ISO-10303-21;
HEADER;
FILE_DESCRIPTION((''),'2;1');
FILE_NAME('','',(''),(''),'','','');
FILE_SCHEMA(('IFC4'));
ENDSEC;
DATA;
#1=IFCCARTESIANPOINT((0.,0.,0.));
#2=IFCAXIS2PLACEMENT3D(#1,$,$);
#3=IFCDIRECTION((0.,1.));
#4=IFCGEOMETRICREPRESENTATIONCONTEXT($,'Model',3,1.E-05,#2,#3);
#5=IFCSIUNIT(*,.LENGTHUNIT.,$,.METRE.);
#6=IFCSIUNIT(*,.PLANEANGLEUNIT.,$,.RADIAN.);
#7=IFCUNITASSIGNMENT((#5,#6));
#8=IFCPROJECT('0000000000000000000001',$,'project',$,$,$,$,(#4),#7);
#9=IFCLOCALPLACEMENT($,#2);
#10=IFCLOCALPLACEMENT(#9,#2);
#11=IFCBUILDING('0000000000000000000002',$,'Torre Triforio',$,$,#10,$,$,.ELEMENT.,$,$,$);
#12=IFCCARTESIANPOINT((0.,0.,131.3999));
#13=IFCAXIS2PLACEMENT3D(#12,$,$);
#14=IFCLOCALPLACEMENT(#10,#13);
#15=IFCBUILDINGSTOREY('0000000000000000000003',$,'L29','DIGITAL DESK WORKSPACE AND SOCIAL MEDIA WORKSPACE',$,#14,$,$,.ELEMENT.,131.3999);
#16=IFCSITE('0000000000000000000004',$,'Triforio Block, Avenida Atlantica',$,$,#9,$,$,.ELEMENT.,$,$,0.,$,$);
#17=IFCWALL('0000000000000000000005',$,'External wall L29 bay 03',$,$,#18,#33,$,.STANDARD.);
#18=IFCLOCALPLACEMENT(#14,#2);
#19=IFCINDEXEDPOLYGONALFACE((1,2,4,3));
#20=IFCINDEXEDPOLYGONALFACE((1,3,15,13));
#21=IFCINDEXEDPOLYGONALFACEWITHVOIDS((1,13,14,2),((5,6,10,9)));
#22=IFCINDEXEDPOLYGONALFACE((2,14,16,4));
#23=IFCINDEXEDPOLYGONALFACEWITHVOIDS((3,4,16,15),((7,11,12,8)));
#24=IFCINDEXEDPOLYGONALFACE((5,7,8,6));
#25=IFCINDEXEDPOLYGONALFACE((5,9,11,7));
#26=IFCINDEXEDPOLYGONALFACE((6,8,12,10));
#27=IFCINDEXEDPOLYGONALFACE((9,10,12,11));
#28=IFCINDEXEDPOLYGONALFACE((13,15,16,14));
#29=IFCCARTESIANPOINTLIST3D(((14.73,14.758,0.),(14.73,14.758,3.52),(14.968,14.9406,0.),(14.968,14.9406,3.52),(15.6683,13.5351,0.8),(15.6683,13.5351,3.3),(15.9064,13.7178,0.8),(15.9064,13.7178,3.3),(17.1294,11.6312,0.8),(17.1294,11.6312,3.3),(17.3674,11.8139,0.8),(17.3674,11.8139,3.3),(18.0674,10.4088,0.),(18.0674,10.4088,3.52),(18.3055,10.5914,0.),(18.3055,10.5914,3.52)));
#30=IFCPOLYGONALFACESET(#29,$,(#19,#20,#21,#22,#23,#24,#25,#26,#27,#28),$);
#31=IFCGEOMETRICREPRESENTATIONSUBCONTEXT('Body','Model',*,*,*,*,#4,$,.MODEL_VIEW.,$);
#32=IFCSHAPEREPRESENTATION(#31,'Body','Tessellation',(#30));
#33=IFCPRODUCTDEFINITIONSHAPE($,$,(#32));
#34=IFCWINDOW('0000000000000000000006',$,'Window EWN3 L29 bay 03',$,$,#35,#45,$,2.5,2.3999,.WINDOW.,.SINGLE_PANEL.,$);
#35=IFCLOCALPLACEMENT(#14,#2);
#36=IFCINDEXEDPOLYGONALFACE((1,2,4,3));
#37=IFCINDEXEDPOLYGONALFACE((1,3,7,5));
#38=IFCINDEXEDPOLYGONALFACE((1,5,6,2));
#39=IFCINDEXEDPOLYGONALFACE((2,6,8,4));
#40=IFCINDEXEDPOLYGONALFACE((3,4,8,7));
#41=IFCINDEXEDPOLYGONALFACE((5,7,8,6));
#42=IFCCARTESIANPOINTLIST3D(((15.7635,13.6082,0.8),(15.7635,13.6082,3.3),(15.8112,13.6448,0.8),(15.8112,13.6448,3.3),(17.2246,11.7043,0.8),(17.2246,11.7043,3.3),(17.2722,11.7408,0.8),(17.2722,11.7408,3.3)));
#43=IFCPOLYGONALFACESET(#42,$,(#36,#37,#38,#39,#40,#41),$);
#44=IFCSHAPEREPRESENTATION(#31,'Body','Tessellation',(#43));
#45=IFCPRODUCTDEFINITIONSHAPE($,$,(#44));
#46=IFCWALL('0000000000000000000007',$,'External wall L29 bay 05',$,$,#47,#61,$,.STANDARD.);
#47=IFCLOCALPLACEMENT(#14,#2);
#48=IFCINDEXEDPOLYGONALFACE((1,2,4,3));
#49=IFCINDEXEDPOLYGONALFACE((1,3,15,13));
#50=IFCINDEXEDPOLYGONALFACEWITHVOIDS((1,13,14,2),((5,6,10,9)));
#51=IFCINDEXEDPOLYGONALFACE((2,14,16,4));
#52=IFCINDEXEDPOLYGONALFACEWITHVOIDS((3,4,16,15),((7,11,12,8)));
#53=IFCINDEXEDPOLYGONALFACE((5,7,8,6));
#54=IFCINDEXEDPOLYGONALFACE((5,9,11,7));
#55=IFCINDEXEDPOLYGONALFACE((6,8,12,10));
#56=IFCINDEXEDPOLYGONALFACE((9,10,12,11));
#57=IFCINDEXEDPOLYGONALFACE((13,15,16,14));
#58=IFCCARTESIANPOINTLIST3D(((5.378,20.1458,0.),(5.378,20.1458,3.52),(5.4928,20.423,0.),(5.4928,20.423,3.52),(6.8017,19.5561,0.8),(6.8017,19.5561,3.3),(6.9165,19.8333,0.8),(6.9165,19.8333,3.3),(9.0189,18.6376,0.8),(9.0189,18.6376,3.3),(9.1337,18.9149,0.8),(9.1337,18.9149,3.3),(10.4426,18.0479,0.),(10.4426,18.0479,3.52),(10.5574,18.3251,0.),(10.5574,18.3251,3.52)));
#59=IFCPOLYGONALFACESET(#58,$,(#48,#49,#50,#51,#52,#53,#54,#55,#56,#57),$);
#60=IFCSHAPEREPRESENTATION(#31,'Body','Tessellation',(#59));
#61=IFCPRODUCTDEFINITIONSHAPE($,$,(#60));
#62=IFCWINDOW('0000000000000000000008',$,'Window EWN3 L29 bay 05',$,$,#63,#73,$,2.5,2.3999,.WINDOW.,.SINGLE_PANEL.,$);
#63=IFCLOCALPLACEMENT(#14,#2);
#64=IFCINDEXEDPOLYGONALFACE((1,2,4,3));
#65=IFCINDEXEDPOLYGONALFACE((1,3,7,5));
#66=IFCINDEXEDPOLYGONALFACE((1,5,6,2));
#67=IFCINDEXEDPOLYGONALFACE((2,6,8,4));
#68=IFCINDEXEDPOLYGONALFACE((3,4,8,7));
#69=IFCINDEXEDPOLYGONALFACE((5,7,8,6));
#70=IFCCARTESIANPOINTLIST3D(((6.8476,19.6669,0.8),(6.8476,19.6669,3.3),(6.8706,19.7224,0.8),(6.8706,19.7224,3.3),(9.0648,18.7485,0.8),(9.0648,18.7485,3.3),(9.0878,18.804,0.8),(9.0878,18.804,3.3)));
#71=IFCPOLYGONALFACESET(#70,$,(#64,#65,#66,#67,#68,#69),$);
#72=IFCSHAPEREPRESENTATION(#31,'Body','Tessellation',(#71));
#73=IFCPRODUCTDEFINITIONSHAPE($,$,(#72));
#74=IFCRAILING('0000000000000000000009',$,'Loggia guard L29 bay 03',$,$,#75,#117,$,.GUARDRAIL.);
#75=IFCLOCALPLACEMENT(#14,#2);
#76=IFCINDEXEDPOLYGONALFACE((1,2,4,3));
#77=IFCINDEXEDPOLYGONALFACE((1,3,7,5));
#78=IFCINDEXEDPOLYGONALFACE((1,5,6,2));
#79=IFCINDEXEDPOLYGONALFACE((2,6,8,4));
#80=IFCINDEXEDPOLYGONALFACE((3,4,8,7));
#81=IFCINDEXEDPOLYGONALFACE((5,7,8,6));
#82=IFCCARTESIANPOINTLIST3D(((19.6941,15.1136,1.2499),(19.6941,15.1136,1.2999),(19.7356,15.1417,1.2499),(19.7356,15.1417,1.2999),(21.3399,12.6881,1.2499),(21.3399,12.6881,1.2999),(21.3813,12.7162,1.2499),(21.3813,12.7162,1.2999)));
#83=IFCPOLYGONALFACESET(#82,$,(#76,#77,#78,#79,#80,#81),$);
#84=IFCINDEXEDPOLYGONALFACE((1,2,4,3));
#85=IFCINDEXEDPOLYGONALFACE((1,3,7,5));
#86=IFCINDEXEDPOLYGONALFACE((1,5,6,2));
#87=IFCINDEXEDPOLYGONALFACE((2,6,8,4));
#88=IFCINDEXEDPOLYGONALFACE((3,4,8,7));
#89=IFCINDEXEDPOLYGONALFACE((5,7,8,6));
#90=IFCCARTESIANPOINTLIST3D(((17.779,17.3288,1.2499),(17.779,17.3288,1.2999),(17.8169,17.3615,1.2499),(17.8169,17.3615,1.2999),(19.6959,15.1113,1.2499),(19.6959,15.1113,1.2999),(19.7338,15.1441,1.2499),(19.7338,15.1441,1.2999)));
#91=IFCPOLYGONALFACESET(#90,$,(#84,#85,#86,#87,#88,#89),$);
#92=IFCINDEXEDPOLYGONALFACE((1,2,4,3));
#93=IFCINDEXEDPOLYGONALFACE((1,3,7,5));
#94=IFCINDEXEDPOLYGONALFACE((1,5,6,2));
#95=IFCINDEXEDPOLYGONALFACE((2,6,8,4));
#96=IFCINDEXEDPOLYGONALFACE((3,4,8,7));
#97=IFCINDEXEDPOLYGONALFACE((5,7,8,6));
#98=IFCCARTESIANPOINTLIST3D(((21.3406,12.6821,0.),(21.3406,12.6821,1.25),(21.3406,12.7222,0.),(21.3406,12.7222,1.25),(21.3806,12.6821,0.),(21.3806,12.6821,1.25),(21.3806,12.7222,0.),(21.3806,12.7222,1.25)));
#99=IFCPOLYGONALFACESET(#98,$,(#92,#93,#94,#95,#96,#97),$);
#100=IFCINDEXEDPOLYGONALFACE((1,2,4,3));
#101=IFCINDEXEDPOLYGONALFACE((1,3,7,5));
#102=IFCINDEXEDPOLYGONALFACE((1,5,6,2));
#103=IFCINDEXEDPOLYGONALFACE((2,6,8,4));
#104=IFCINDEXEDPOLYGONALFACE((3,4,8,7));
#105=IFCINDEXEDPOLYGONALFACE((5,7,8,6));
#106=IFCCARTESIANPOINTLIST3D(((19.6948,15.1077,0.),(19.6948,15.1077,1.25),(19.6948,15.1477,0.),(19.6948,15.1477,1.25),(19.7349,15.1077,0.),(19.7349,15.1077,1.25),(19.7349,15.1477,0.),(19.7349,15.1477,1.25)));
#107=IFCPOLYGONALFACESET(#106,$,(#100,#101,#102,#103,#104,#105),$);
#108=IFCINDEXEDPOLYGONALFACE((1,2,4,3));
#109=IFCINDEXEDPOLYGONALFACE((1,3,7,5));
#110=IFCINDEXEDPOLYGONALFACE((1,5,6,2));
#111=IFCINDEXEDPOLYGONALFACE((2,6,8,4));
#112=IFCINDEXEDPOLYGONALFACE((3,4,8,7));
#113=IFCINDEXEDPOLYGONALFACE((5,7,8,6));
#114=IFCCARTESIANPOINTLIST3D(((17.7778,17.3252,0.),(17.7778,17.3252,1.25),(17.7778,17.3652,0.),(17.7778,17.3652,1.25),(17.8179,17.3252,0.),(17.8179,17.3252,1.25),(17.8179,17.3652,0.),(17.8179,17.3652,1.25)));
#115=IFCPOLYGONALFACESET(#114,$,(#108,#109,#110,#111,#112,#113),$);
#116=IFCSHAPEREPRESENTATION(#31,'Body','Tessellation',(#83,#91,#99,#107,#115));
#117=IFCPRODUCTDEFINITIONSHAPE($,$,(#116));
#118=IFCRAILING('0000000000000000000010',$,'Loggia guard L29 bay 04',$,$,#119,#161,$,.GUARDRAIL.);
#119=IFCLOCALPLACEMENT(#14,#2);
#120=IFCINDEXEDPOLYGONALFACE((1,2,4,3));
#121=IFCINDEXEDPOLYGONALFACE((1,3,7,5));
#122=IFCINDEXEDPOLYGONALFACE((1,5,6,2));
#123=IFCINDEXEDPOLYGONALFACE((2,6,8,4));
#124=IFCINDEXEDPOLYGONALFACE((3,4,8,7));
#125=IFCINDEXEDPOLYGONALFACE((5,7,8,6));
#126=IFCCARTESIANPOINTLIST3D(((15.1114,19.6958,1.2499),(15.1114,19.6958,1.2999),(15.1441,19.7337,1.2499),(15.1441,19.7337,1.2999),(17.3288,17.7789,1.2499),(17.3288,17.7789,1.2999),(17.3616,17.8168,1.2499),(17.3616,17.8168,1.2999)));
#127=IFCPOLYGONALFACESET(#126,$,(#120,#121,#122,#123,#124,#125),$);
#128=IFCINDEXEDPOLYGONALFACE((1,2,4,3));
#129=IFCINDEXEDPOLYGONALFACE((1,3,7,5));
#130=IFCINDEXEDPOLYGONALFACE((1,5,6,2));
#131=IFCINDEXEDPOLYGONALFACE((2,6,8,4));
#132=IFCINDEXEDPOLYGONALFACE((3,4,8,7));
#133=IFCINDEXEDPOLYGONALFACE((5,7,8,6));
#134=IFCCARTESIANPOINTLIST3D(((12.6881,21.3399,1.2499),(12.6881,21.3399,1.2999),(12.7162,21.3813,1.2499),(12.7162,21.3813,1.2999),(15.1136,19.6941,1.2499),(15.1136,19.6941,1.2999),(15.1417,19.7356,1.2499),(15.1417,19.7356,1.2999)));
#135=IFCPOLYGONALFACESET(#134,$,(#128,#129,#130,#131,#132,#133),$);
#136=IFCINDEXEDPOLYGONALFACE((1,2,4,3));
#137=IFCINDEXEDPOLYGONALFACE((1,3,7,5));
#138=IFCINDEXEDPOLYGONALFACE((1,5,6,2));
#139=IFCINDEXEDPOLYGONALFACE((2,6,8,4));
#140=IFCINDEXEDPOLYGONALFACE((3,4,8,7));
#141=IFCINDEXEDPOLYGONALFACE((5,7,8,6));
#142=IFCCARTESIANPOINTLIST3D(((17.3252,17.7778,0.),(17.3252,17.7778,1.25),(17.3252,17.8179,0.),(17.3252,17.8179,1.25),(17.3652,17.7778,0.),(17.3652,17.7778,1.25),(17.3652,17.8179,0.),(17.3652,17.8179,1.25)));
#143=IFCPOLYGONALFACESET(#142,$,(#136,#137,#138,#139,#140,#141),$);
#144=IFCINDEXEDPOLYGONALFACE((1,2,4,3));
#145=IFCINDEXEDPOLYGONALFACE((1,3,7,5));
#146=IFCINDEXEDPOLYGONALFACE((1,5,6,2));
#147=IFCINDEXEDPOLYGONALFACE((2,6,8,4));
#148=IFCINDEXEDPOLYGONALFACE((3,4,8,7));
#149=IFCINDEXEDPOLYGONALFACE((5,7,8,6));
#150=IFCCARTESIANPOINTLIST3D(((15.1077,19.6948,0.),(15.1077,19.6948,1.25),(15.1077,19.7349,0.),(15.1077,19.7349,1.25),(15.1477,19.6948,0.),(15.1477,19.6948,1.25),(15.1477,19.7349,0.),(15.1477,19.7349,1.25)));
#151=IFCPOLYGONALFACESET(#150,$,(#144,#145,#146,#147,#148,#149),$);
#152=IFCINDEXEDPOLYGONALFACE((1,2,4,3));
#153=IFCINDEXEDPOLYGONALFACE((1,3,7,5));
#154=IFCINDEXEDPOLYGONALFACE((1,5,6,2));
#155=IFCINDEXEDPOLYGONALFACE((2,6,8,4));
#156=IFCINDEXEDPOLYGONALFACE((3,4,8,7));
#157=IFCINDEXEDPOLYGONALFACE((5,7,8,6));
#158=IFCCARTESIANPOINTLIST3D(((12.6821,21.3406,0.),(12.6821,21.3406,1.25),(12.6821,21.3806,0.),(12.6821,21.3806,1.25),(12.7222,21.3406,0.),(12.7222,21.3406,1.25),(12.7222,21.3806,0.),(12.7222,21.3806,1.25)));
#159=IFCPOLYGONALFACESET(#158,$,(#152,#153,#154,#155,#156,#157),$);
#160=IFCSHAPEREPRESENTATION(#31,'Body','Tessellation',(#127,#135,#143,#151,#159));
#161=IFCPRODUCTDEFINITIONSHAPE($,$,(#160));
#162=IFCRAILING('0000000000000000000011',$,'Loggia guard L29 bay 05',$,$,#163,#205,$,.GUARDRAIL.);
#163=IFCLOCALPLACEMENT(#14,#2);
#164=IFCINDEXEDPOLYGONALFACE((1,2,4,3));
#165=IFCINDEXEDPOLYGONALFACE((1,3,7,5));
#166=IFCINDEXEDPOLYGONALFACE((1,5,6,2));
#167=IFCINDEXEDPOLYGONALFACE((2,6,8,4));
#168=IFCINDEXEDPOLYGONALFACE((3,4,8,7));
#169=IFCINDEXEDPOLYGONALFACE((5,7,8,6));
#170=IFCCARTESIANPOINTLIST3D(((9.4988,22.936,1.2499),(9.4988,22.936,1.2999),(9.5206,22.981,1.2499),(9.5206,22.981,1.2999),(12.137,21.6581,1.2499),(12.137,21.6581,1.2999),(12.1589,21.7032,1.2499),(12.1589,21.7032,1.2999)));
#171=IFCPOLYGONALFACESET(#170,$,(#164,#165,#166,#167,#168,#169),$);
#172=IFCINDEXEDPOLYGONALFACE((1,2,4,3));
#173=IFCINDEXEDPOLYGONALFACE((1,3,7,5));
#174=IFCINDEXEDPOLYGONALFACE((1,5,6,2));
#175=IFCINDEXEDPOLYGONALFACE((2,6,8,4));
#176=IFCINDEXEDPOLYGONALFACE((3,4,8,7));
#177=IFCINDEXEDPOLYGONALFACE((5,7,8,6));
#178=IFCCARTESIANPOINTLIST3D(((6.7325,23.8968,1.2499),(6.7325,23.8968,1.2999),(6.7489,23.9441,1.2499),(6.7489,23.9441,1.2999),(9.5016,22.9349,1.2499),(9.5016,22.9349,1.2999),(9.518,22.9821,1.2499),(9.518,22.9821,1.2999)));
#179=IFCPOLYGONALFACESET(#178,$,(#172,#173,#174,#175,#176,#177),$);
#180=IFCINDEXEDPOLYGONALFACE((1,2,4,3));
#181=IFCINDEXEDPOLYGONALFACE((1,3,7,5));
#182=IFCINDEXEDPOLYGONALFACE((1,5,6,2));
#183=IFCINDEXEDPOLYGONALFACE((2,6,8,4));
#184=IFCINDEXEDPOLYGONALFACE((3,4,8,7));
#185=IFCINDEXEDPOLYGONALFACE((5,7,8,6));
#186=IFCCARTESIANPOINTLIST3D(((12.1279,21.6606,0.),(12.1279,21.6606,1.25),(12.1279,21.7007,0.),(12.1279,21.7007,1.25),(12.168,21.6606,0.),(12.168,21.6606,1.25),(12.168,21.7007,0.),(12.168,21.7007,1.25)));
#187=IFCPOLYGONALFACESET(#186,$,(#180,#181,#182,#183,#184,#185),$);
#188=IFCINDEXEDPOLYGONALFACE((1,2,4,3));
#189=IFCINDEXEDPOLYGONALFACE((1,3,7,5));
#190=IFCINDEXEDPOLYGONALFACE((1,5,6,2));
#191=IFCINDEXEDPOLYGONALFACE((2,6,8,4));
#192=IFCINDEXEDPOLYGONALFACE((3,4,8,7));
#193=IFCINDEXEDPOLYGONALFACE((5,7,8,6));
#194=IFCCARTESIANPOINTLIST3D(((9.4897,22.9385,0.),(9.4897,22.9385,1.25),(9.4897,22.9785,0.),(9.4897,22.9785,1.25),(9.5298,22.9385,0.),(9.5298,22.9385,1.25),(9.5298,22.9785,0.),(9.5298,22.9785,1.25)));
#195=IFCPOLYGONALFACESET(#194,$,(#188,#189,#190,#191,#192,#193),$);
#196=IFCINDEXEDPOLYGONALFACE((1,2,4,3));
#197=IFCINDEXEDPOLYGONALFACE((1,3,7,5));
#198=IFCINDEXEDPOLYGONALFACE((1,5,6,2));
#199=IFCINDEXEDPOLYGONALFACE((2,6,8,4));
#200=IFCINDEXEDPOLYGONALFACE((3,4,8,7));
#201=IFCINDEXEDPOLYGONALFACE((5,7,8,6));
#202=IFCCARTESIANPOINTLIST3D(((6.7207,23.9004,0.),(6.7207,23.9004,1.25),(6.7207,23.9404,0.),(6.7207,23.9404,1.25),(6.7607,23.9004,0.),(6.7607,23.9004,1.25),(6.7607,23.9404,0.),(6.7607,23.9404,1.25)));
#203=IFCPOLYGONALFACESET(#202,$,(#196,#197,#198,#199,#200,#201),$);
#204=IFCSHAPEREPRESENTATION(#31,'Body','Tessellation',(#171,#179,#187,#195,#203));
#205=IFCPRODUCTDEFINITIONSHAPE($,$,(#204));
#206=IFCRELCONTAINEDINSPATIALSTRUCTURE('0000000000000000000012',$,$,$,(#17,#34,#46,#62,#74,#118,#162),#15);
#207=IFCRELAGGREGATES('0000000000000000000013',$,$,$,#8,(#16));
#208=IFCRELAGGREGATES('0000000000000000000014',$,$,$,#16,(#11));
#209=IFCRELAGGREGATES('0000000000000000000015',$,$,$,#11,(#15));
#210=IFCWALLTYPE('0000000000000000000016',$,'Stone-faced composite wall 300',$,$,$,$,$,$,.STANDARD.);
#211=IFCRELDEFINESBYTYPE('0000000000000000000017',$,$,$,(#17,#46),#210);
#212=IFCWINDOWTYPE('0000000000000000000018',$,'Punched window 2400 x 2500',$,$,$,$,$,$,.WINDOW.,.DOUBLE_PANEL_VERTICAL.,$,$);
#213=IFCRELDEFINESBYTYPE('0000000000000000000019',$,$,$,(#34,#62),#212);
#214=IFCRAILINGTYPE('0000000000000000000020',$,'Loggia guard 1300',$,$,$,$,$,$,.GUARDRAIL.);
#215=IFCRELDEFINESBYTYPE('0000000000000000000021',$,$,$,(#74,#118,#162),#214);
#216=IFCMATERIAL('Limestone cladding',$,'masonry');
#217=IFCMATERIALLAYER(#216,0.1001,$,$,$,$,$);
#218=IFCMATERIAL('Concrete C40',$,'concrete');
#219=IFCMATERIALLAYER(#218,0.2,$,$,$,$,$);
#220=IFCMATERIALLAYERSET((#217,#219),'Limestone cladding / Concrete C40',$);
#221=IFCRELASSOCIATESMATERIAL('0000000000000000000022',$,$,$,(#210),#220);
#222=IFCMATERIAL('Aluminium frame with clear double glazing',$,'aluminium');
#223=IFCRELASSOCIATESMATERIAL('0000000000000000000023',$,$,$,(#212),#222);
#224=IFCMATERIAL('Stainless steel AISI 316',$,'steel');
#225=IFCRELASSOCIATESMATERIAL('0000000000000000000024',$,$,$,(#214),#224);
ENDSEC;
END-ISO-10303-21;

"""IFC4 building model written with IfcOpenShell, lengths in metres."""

from ifc_helpers import new_model, si_unit, direction, frame, frame_2d, origin, origin_2d, place, context, subcontext, project, spatial, rectangle, extrude, material, layer, layer_set, type_object, element, fill, save


model = new_model("IFC4")

# Units and contexts
model_context = context("Model", 3, precision=1e-05, world=origin(), true_north=direction((0.0, 1.0)))
body_context = subcontext(model_context, "Body", "Model", "MODEL_VIEW")
ifc_project = project(units=[si_unit("LENGTHUNIT", "METRE"), si_unit("PLANEANGLEUNIT", "RADIAN")], contexts=[model_context])

# Site, building, storey
site_placement = place(None, origin())
site = spatial("IfcSite", under=ifc_project, at=site_placement, Name="Triforio Block, Avenida Atlantica", CompositionType="ELEMENT", RefElevation=0.0)
building_placement = place(site_placement, origin())
building = spatial("IfcBuilding", under=site, at=building_placement, Name="Torre Triforio", CompositionType="ELEMENT")
storey_placement = place(building_placement, frame((0.0, 0.0, 131.3999)))
storey = spatial("IfcBuildingStorey", under=building, at=storey_placement, Name="L29", Description="DIGITAL DESK WORKSPACE AND SOCIAL MEDIA WORKSPACE", CompositionType="ELEMENT", Elevation=131.3999)

# Shared definitions
ifc_material_1 = material(Name="Limestone cladding", Category="masonry")
ifc_material_2 = material(Name="Concrete C40", Category="concrete")

# Wall, opening, window
ifc_layer_1 = layer(ifc_material_1, 0.1001)
ifc_layer_2 = layer(ifc_material_2, 0.2)
ifc_layer_set_1 = layer_set([ifc_layer_1, ifc_layer_2], Name="Limestone cladding / Concrete C40")
wall_type_1 = type_object("IfcWallType", Name="Stone-faced composite wall 300", PredefinedType="STANDARD", material=ifc_layer_set_1)
wall_1_placement = place(storey_placement, frame((18.1865, 10.5, 0.0), z_axis=(0.0, 0.0, 1.0), x_axis=(-0.608785, 0.793335, 0.0)))
wall_1 = element("IfcWall", 1, at=wall_1_placement, inside=storey, type_object=wall_type_1, Name="External wall L29 bay 03", PredefinedType="STANDARD", context=body_context, shape_type="SweptSolid", body=[
    extrude(rectangle(XDim=5.4822, YDim=0.3, at=frame_2d((2.7412, 0.0))), origin(), (0.0, 0.0, 1.0), 3.52),
])
opening_1_placement = place(wall_1_placement, frame((1.541, 0.0, 0.8)))
opening_1 = element("IfcOpeningElement", 2, at=opening_1_placement, cuts=wall_1, PredefinedType="OPENING", context=body_context, shape_type="SweptSolid", body=[
    extrude(rectangle(XDim=2.3999, YDim=2.5, at=frame_2d((1.2, 1.25))), frame((0.0, 0.1599, 0.0), z_axis=(0.0, -1.0, 0.0), x_axis=(1.0, 0.0, 0.0)), (0.0, 0.0, 1.0), 0.3201),
])
ifc_material_3 = material(Name="Aluminium frame with clear double glazing", Category="aluminium")
window_type_1 = type_object("IfcWindowType", Name="Punched window 2400 x 2500", PartitioningType="DOUBLE_PANEL_VERTICAL", PredefinedType="WINDOW", material=ifc_material_3)
window_1_placement = place(opening_1_placement, origin())
window_1 = element("IfcWindow", 3, at=window_1_placement, inside=storey, type_object=window_type_1, Name="Window EWN3 L29 bay 03", OverallHeight=2.5, OverallWidth=2.3999, PartitioningType="SINGLE_PANEL", PredefinedType="WINDOW", context=body_context, shape_type="SweptSolid", body=[
    extrude(rectangle(XDim=2.3999, YDim=2.5, at=frame_2d((1.2, 1.25))), frame((0.0, 0.03, 0.0), z_axis=(0.0, -1.0, 0.0), x_axis=(1.0, 0.0, 0.0)), (0.0, 0.0, 1.0), 0.0601),
])
fill(opening_1, window_1)

# Wall, opening, window
wall_2_placement = place(storey_placement, frame((10.5, 18.1865, 0.0), z_axis=(0.0, 0.0, 1.0), x_axis=(-0.923877, 0.382689, 0.0)))
wall_2 = element("IfcWall", 4, at=wall_2_placement, inside=storey, type_object=wall_type_1, Name="External wall L29 bay 05", PredefinedType="STANDARD", context=body_context, shape_type="SweptSolid", body=[
    extrude(rectangle(XDim=5.4819, YDim=0.3, at=frame_2d((2.741, 0.0))), origin(), (0.0, 0.0, 1.0), 3.52),
])
opening_2_placement = place(wall_2_placement, frame((1.541, 0.0, 0.8)))
opening_2 = element("IfcOpeningElement", 5, at=opening_2_placement, cuts=wall_2, PredefinedType="OPENING", context=body_context, shape_type="SweptSolid", body=[
    extrude(rectangle(XDim=2.3999, YDim=2.5, at=frame_2d((1.2, 1.25))), frame((0.0, 0.1599, 0.0), z_axis=(0.0, -1.0, 0.0), x_axis=(1.0, 0.0, 0.0)), (0.0, 0.0, 1.0), 0.3201),
])
window_2_placement = place(opening_2_placement, origin())
window_2 = element("IfcWindow", 6, at=window_2_placement, inside=storey, type_object=window_type_1, Name="Window EWN3 L29 bay 05", OverallHeight=2.5, OverallWidth=2.3999, PartitioningType="SINGLE_PANEL", PredefinedType="WINDOW", context=body_context, shape_type="SweptSolid", body=[
    extrude(rectangle(XDim=2.3999, YDim=2.5, at=frame_2d((1.2, 1.25))), frame((0.0, 0.03, 0.0), z_axis=(0.0, -1.0, 0.0), x_axis=(1.0, 0.0, 0.0)), (0.0, 0.0, 1.0), 0.0601),
])
fill(opening_2, window_2)

# Railings
ifc_material_4 = material(Name="Stainless steel AISI 316", Category="steel")
railing_type = type_object("IfcRailingType", Name="Loggia guard 1300", PredefinedType="GUARDRAIL", material=ifc_material_4)
railing_1_placement = place(storey_placement, frame((21.3606, 12.7021, 0.0)))
element("IfcRailing", 7, at=railing_1_placement, inside=storey, type_object=railing_type, Name="Loggia guard L29 bay 03", PredefinedType="GUARDRAIL", context=body_context, shape_type="SweptSolid", body=[
    extrude(rectangle(XDim=0.05, YDim=0.05, at=origin_2d()), frame((0.0, 0.0, 1.2749), z_axis=(-0.561467, 0.827499, 0.0), x_axis=(-0.827499, -0.561467, 0.0)), (0.0, 0.0, 1.0), 2.9312),
    extrude(rectangle(XDim=0.05, YDim=0.05, at=origin_2d()), frame((-1.6458, 2.4255, 1.2749), z_axis=(-0.653982, 0.75651, 0.0), x_axis=(-0.75651, -0.653982, 0.0)), (0.0, 0.0, 1.0), 2.9312),
    extrude(rectangle(XDim=0.04, YDim=0.04, at=origin_2d()), origin(), (0.0, 0.0, 1.0), 1.25),
    extrude(rectangle(XDim=0.04, YDim=0.04, at=origin_2d()), frame((-1.6458, 2.4255, 0.0)), (0.0, 0.0, 1.0), 1.25),
    extrude(rectangle(XDim=0.04, YDim=0.04, at=origin_2d()), frame((-3.5627, 4.6431, 0.0)), (0.0, 0.0, 1.0), 1.25),
])
railing_2_placement = place(storey_placement, frame((17.3452, 17.7979, 0.0)))
element("IfcRailing", 8, at=railing_2_placement, inside=storey, type_object=railing_type, Name="Loggia guard L29 bay 04", PredefinedType="GUARDRAIL", context=body_context, shape_type="SweptSolid", body=[
    extrude(rectangle(XDim=0.05, YDim=0.05, at=origin_2d()), frame((0.0, 0.0, 1.2749), z_axis=(-0.75651, 0.653982, 0.0), x_axis=(-0.653982, -0.75651, 0.0)), (0.0, 0.0, 1.0), 2.9312),
    extrude(rectangle(XDim=0.05, YDim=0.05, at=origin_2d()), frame((-2.2175, 1.917, 1.2749), z_axis=(-0.827499, 0.561467, 0.0), x_axis=(-0.561467, -0.827499, 0.0)), (0.0, 0.0, 1.0), 2.9312),
    extrude(rectangle(XDim=0.04, YDim=0.04, at=origin_2d()), origin(), (0.0, 0.0, 1.0), 1.25),
    extrude(rectangle(XDim=0.04, YDim=0.04, at=origin_2d()), frame((-2.2175, 1.917, 0.0)), (0.0, 0.0, 1.0), 1.25),
    extrude(rectangle(XDim=0.04, YDim=0.04, at=origin_2d()), frame((-4.6431, 3.5627, 0.0)), (0.0, 0.0, 1.0), 1.25),
])
railing_3_placement = place(storey_placement, frame((12.1479, 21.6807, 0.0)))
element("IfcRailing", 9, at=railing_3_placement, inside=storey, type_object=railing_type, Name="Loggia guard L29 bay 05", PredefinedType="GUARDRAIL", context=body_context, shape_type="SweptSolid", body=[
    extrude(rectangle(XDim=0.05, YDim=0.05, at=origin_2d()), frame((0.0, 0.0, 1.2749), z_axis=(-0.899986, 0.435918, 0.0), x_axis=(-0.435918, -0.899986, 0.0)), (0.0, 0.0, 1.0), 2.9314),
    extrude(rectangle(XDim=0.05, YDim=0.05, at=origin_2d()), frame((-2.6382, 1.2778, 1.2749), z_axis=(-0.944627, 0.328146, 0.0), x_axis=(-0.328146, -0.944627, 0.0)), (0.0, 0.0, 1.0), 2.9314),
    extrude(rectangle(XDim=0.04, YDim=0.04, at=origin_2d()), origin(), (0.0, 0.0, 1.0), 1.25),
    extrude(rectangle(XDim=0.04, YDim=0.04, at=origin_2d()), frame((-2.6382, 1.2778, 0.0)), (0.0, 0.0, 1.0), 1.25),
    extrude(rectangle(XDim=0.04, YDim=0.04, at=origin_2d()), frame((-5.4072, 2.2397, 0.0)), (0.0, 0.0, 1.0), 1.25),
])

save(model, "model.ifc")
